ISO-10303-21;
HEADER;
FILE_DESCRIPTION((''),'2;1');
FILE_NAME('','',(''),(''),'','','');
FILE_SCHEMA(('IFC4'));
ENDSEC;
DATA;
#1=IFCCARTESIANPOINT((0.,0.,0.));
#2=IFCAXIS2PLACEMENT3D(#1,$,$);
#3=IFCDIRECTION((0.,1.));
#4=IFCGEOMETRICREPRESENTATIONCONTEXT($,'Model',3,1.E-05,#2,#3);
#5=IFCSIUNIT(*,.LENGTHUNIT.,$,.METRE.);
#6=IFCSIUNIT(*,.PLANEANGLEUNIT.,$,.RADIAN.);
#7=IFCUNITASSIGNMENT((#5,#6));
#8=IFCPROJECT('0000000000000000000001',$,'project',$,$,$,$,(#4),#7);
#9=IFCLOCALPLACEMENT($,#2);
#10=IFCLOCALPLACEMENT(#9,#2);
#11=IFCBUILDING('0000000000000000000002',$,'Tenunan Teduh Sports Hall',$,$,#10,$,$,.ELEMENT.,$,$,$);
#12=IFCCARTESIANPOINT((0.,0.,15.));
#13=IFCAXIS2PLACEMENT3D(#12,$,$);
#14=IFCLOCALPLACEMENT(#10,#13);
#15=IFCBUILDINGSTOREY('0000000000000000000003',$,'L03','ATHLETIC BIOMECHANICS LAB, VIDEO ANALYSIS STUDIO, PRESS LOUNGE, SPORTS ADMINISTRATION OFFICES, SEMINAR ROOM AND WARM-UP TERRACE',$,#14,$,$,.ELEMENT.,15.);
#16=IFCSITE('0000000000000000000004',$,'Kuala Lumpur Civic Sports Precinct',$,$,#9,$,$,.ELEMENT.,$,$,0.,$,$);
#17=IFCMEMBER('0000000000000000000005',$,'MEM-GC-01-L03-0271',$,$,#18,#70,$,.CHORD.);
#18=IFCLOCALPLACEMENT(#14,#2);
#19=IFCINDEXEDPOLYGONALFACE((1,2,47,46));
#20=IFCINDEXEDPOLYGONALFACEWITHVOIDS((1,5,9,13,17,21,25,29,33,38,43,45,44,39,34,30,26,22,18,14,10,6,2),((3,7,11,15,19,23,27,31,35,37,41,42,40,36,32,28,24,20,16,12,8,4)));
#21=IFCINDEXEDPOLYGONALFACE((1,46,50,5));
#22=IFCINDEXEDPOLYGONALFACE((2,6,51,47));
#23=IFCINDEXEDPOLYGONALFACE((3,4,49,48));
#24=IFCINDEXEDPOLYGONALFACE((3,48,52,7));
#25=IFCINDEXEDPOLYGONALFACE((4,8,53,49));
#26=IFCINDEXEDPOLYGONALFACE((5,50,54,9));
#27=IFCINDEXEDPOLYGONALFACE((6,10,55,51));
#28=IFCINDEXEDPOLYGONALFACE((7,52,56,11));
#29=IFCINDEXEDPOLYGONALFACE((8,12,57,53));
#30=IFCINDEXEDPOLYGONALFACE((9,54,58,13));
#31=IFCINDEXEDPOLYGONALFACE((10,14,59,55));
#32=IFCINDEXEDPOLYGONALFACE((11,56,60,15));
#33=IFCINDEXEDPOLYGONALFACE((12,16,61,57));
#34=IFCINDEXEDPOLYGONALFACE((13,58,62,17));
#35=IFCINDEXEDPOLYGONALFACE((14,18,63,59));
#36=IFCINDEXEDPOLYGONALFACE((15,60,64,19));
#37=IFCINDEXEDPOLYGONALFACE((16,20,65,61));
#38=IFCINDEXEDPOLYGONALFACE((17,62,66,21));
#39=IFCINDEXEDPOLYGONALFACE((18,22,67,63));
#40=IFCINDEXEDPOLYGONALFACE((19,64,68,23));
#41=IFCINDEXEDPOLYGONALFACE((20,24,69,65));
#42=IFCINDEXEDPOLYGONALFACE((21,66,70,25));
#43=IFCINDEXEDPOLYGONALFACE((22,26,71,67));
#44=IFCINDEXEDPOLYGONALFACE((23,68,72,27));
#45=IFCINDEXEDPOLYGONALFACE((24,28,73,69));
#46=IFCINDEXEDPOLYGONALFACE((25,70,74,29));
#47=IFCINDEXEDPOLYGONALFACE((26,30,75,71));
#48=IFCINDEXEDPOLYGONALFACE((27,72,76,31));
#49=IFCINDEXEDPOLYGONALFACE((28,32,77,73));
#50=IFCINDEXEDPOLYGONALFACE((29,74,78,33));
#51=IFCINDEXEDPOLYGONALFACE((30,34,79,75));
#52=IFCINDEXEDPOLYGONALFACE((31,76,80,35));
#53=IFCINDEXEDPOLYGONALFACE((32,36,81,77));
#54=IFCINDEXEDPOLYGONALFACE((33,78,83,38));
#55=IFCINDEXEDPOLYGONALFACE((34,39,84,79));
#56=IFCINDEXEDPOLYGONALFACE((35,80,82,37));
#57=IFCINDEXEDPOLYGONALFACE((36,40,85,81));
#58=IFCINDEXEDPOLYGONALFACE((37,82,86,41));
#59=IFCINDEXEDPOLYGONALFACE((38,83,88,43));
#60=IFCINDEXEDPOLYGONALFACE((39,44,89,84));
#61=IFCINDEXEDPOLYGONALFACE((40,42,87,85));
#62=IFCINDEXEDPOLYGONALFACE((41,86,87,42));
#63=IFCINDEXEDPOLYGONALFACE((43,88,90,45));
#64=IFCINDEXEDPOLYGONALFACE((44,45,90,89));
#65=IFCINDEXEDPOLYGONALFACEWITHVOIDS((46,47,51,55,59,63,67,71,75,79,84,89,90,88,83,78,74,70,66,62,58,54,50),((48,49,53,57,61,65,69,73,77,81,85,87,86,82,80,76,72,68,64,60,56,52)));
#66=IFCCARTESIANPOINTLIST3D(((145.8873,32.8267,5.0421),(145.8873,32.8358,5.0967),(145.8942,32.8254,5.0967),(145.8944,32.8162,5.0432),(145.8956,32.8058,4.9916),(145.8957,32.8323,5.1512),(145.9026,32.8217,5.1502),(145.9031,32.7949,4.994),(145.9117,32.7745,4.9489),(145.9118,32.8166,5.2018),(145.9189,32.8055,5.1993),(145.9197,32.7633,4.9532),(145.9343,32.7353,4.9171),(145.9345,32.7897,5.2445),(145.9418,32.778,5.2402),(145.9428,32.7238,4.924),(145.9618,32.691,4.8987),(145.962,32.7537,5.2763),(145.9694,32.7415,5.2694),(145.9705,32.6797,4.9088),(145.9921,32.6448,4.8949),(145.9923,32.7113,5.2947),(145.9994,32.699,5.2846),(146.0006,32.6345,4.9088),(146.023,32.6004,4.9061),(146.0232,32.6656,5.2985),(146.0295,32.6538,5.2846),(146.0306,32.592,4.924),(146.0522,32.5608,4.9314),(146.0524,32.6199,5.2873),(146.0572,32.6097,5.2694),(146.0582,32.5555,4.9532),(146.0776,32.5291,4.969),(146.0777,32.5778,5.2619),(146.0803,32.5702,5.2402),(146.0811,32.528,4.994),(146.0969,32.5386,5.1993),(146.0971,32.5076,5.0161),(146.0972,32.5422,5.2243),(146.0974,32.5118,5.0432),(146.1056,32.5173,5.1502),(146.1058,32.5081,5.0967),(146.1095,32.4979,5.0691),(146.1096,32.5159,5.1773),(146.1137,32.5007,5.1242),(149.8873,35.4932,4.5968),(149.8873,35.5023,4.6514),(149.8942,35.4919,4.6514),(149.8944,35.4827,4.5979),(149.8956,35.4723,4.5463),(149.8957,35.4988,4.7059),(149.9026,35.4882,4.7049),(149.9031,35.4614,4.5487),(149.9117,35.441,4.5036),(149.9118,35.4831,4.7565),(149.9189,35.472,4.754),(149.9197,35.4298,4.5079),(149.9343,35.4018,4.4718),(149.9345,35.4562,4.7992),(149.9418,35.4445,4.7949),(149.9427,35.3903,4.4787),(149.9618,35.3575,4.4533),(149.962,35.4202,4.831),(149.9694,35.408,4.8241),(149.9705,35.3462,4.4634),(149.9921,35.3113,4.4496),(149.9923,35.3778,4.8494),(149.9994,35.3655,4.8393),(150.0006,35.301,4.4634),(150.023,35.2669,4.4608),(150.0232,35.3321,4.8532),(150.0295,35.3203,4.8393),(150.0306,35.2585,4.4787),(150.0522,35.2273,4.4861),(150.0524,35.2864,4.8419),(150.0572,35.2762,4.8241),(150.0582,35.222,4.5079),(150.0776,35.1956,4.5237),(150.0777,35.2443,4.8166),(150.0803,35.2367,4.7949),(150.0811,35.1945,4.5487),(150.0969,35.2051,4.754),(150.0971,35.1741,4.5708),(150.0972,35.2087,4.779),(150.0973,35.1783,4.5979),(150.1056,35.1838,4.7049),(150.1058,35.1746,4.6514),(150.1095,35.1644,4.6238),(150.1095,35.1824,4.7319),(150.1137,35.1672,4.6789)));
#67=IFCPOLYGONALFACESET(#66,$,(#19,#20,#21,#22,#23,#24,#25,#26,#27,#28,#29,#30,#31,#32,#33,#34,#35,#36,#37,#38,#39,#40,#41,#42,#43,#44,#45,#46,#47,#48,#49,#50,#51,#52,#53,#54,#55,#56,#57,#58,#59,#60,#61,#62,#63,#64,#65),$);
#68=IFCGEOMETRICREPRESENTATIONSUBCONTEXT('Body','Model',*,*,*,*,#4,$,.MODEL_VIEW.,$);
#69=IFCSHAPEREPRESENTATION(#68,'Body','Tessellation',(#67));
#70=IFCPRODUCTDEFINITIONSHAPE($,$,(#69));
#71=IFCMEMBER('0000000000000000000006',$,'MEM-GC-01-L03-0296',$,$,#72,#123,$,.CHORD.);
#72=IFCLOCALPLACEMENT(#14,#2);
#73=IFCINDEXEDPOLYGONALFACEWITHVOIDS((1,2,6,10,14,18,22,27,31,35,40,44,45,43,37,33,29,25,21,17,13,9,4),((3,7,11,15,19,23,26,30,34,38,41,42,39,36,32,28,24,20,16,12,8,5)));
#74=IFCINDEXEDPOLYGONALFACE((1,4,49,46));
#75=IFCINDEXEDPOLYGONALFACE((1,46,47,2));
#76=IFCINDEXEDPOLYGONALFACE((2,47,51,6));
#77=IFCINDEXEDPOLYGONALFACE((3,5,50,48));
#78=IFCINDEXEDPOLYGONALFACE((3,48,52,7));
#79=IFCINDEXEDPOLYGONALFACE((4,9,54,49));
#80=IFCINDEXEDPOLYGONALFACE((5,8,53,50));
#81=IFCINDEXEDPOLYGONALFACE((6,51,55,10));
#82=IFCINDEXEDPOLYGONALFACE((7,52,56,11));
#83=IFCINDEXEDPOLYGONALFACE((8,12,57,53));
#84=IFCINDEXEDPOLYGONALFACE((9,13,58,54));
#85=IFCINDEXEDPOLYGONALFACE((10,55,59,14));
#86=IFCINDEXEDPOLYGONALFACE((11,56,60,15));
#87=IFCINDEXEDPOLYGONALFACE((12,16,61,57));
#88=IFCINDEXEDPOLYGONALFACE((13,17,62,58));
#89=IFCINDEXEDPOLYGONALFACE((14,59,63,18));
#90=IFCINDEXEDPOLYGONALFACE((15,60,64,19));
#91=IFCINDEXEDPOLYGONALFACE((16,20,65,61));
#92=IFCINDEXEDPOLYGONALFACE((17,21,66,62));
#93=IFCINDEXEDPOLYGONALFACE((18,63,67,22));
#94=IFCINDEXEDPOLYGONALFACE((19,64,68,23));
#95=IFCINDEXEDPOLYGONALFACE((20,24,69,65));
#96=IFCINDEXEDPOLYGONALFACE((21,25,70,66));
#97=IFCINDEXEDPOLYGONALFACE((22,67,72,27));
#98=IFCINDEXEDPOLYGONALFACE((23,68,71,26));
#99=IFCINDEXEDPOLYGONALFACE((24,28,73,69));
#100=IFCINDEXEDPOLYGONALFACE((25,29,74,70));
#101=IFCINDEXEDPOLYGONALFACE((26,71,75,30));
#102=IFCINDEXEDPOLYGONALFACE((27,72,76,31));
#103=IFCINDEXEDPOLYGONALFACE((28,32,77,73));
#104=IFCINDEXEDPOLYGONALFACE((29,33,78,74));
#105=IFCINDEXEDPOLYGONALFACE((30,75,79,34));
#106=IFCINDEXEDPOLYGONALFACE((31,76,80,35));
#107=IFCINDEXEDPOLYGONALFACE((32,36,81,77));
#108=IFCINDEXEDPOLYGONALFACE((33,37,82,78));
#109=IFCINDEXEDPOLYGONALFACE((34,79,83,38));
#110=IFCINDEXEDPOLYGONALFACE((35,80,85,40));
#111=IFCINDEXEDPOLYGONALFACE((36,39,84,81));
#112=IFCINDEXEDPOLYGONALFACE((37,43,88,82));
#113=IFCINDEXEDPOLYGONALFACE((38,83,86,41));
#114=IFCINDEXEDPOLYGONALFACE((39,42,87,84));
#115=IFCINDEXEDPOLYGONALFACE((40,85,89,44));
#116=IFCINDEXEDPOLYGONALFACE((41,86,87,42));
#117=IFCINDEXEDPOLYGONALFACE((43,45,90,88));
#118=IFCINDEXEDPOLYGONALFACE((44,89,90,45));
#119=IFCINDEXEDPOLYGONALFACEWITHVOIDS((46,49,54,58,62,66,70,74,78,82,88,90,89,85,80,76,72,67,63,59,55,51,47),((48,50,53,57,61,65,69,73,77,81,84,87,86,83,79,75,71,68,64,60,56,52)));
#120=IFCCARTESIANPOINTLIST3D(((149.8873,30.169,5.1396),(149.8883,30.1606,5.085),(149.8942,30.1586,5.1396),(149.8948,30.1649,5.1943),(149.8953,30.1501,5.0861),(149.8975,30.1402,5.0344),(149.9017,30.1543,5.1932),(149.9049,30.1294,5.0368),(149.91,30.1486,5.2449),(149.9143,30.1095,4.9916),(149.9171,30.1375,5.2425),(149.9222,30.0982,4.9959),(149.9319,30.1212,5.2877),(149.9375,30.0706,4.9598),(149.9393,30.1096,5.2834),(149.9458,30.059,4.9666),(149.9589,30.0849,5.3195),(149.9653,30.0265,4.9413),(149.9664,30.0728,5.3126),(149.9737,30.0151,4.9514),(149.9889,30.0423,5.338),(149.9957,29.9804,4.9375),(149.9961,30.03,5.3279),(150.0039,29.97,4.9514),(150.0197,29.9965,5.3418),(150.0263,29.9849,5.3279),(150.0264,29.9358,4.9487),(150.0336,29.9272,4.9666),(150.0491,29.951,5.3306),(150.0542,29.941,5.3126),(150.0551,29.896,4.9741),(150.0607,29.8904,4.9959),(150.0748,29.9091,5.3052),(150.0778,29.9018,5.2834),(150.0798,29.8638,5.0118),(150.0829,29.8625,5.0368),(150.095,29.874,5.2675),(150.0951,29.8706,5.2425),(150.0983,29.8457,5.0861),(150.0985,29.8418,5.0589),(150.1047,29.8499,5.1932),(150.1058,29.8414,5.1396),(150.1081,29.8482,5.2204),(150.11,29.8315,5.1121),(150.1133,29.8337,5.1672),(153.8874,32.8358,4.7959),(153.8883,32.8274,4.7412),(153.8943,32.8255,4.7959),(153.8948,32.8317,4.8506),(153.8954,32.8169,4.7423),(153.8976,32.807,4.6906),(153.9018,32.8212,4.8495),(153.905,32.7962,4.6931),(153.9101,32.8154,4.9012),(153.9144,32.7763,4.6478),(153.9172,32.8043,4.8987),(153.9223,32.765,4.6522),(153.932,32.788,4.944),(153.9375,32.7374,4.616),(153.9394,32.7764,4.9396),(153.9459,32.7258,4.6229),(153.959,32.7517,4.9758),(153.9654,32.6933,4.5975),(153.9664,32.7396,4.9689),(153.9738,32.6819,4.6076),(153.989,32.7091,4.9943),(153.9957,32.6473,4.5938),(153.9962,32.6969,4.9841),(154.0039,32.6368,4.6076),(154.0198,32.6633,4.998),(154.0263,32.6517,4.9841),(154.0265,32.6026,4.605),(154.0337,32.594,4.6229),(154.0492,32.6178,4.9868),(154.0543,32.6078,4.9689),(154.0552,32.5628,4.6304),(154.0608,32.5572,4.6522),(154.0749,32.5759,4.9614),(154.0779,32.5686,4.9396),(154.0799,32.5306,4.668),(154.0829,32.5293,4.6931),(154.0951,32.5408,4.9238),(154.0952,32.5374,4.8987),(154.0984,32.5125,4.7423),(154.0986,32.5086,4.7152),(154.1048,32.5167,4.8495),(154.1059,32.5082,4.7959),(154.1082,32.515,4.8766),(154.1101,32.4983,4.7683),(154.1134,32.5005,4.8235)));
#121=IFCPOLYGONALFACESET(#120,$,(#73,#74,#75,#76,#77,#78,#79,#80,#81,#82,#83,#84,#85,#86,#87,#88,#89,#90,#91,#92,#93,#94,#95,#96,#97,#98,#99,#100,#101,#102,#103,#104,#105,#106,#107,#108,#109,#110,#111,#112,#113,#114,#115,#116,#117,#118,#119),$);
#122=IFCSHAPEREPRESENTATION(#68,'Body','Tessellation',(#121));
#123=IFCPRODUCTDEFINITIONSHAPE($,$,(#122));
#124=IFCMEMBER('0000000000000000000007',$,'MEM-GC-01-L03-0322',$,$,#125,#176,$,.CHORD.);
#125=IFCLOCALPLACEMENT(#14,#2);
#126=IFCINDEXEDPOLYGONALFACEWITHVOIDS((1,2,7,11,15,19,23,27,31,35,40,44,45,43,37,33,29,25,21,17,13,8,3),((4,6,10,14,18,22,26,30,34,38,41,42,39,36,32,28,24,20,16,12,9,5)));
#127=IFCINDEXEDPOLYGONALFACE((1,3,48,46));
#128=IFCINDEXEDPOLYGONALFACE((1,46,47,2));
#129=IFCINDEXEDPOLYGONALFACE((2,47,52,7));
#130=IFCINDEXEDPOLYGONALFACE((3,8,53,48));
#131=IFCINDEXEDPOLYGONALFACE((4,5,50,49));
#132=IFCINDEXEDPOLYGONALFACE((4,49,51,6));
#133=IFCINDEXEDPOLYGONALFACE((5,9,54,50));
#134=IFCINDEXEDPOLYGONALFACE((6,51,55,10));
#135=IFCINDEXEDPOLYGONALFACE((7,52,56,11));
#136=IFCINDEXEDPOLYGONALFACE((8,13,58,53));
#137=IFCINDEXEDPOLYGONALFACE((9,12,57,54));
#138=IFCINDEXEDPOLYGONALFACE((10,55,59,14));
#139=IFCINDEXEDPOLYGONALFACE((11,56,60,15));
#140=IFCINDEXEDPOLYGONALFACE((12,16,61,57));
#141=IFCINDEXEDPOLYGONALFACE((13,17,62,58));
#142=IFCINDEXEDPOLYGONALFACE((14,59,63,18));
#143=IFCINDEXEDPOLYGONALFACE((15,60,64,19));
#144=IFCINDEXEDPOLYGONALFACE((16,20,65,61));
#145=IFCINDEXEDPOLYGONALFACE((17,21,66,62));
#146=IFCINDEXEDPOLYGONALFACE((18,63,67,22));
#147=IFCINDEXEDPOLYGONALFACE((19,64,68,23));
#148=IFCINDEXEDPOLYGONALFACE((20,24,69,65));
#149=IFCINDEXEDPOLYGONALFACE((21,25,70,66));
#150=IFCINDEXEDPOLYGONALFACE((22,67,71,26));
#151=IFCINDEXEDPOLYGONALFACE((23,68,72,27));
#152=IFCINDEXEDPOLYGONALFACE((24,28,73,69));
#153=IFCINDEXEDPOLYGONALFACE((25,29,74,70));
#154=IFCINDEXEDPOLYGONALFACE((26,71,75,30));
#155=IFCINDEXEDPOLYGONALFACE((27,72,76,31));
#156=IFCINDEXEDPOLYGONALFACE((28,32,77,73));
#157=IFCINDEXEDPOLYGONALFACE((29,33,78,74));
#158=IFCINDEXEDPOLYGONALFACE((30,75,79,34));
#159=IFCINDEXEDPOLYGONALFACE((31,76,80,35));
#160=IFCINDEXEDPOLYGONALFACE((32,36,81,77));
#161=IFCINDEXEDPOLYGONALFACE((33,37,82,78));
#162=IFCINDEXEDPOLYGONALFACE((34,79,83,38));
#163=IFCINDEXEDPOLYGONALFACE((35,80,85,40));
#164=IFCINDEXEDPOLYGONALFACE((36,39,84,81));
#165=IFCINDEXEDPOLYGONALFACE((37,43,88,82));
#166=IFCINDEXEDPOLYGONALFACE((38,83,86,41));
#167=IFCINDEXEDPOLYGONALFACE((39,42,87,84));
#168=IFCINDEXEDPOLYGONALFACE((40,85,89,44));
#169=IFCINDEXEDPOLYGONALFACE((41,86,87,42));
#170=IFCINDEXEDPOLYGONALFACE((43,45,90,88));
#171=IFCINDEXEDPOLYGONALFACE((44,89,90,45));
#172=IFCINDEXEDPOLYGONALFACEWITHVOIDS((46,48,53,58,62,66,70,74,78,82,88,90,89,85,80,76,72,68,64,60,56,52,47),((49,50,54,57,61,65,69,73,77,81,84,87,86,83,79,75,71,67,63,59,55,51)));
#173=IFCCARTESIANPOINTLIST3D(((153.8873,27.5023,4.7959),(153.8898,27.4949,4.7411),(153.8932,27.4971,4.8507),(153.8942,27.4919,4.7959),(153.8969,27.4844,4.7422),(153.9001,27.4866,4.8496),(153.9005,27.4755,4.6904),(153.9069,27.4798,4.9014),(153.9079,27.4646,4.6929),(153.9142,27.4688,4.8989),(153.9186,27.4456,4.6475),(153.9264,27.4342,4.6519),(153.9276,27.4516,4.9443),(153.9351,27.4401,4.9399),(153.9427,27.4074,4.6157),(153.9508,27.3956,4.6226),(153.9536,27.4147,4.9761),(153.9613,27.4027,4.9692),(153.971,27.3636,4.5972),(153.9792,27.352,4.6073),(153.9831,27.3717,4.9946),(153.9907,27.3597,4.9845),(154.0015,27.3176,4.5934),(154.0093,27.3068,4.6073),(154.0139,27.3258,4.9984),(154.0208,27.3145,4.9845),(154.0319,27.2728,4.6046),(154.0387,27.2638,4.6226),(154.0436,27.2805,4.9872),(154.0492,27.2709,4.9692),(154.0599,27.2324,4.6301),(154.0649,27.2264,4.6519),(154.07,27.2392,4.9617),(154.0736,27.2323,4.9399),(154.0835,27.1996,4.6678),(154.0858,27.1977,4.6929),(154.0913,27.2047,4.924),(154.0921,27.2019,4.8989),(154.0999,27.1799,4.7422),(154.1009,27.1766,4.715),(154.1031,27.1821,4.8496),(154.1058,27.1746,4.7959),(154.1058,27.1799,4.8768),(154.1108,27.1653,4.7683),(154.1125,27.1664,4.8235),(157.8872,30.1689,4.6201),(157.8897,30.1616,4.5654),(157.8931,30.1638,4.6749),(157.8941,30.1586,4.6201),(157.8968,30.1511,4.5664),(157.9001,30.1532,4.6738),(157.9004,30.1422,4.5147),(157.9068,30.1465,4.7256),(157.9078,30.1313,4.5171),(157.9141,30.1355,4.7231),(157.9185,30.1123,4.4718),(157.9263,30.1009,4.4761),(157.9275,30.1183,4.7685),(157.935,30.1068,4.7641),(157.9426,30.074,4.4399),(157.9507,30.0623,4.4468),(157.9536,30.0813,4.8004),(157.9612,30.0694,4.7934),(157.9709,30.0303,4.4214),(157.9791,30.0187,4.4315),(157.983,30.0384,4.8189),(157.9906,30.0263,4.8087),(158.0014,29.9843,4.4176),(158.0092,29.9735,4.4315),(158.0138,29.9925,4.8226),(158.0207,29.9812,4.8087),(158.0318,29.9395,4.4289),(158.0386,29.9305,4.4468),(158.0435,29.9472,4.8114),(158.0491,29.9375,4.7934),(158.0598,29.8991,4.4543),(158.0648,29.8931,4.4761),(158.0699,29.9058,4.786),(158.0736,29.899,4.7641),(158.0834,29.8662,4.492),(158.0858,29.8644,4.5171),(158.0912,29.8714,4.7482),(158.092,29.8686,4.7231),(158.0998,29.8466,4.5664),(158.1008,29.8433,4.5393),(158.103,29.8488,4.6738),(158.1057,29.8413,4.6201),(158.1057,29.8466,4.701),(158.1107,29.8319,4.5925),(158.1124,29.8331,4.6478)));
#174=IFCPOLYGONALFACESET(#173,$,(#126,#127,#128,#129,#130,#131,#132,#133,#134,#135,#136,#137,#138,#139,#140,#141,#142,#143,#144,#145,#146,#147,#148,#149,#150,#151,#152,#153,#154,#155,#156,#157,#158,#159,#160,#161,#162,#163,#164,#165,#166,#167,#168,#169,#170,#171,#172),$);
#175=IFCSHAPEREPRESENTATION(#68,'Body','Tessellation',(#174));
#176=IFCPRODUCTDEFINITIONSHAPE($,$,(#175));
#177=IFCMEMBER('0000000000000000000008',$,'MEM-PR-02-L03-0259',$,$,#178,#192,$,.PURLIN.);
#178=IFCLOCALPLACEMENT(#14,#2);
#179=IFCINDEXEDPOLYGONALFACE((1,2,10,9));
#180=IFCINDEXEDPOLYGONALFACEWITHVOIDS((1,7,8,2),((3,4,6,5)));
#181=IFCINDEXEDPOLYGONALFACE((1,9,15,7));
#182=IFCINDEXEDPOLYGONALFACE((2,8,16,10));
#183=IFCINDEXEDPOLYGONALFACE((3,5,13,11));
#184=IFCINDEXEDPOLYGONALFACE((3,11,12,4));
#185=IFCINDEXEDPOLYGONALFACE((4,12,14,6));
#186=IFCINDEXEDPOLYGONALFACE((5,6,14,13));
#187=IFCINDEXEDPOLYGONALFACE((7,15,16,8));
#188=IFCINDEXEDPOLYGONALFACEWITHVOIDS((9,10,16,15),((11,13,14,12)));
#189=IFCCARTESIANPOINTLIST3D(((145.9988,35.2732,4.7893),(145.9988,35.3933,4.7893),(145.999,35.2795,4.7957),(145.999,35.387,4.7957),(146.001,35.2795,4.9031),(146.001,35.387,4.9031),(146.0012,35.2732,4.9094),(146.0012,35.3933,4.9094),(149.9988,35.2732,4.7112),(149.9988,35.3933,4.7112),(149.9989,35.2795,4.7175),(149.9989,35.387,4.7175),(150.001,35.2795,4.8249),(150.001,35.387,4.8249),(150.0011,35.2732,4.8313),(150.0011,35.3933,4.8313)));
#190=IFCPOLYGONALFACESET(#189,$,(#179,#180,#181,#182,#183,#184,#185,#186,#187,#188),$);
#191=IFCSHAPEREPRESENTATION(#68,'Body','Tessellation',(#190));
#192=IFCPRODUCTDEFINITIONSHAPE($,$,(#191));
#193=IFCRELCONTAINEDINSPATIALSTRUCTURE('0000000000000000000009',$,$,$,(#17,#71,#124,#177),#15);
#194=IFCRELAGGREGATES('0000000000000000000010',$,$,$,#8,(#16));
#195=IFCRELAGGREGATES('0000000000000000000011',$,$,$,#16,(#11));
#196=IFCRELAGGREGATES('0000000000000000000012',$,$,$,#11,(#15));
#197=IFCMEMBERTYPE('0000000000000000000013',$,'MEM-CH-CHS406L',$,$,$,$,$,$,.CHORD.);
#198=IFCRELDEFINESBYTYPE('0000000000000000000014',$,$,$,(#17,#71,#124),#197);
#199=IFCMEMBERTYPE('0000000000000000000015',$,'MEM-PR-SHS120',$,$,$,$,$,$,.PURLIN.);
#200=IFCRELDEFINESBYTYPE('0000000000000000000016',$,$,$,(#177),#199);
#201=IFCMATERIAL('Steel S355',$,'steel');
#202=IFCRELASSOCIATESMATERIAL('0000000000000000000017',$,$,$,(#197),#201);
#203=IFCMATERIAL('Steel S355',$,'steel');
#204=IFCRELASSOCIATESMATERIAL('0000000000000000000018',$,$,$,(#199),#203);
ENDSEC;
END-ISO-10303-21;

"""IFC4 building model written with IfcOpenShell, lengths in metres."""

from ifc_helpers import new_model, si_unit, direction, frame, origin, origin_2d, place, context, subcontext, project, spatial, hollow_rectangle, hollow_circle, extrude, material, material_profile, profile_set, type_object, element, save


model = new_model("IFC4")

# Units and contexts
model_context = context("Model", 3, precision=1e-05, world=origin(), true_north=direction((0.0, 1.0)))
body_context = subcontext(model_context, "Body", "Model", "MODEL_VIEW")
ifc_project = project(units=[si_unit("LENGTHUNIT", "METRE"), si_unit("PLANEANGLEUNIT", "RADIAN")], contexts=[model_context])

# Site, building, storey
site_placement = place(None, origin())
site = spatial("IfcSite", under=ifc_project, at=site_placement, Name="Kuala Lumpur Civic Sports Precinct", CompositionType="ELEMENT", RefElevation=0.0)
building_placement = place(site_placement, origin())
building = spatial("IfcBuilding", under=site, at=building_placement, Name="Tenunan Teduh Sports Hall", CompositionType="ELEMENT")
storey_placement = place(building_placement, frame((0.0, 0.0, 15.0)))
storey = spatial("IfcBuildingStorey", under=building, at=storey_placement, Name="L03", Description="ATHLETIC BIOMECHANICS LAB, VIDEO ANALYSIS STUDIO, PRESS LOUNGE, SPORTS ADMINISTRATION OFFICES, SEMINAR ROOM AND WARM-UP TERRACE", CompositionType="ELEMENT", Elevation=15.0)

# Members
ifc_material_1 = material(Name="Steel S355", Category="steel")
ifc_material_profile_1 = material_profile(ifc_material_1, hollow_circle(Radius=0.2031, WallThickness=0.0125, at=origin_2d()), Name="CHS 406.4x12.5")
ifc_profile_set_1 = profile_set([ifc_material_profile_1], Name="Steel S355")
member_type_1 = type_object("IfcMemberType", Name="MEM-CH-CHS406L", PredefinedType="CHORD", material=ifc_profile_set_1)
member_1_placement = place(storey_placement, frame((146.0, 32.6667, 5.0967), z_axis=(0.828519, 0.552312, -0.092237), x_axis=(-0.554677, 0.832066, 0.0)))
element("IfcMember", 1, at=member_1_placement, inside=storey, type_object=member_type_1, Name="MEM-GC-01-L03-0271", PredefinedType="CHORD", context=body_context, shape_type="SweptSolid", body=[
    extrude(hollow_circle(Radius=0.2031, WallThickness=0.0125, at=origin_2d()), origin(), (0.0, 0.0, 1.0), 4.8279),
])
member_2_placement = place(storey_placement, frame((150.0, 30.0, 5.1396), z_axis=(0.829924, 0.553299, -0.071322), x_axis=(-0.554712, 0.832042, 0.0)))
element("IfcMember", 2, at=member_2_placement, inside=storey, type_object=member_type_1, Name="MEM-GC-01-L03-0296", PredefinedType="CHORD", context=body_context, shape_type="SweptSolid", body=[
    extrude(hollow_circle(Radius=0.2031, WallThickness=0.0125, at=origin_2d()), origin(), (0.0, 0.0, 1.0), 4.8198),
])
member_3_placement = place(storey_placement, frame((154.0, 27.3333, 4.7959), z_axis=(0.831487, 0.554341, -0.03654), x_axis=(-0.554712, 0.832042, 0.0)))
element("IfcMember", 3, at=member_3_placement, inside=storey, type_object=member_type_1, Name="MEM-GC-01-L03-0322", PredefinedType="CHORD", context=body_context, shape_type="SweptSolid", body=[
    extrude(hollow_circle(Radius=0.2031, WallThickness=0.0125, at=origin_2d()), origin(), (0.0, 0.0, 1.0), 4.8105),
])
ifc_material_2 = material(Name="Steel S355", Category="steel")
ifc_material_profile_2 = material_profile(ifc_material_2, hollow_rectangle(XDim=0.1201, YDim=0.1201, WallThickness=0.0063, at=origin_2d()), Name="SHS 120x120x6.3")
ifc_profile_set_2 = profile_set([ifc_material_profile_2], Name="Steel S355")
member_type_2 = type_object("IfcMemberType", Name="MEM-PR-SHS120", PredefinedType="PURLIN", material=ifc_profile_set_2)
member_4_placement = place(storey_placement, frame((146.0, 35.3333, 4.8494), z_axis=(0.999809, 0.0, -0.019528), x_axis=(0.0, 1.0, 0.0)))
element("IfcMember", 4, at=member_4_placement, inside=storey, type_object=member_type_2, Name="MEM-PR-02-L03-0259", PredefinedType="PURLIN", context=body_context, shape_type="SweptSolid", body=[
    extrude(hollow_rectangle(XDim=0.1201, YDim=0.1201, WallThickness=0.0063, at=origin_2d()), origin(), (0.0, 0.0, 1.0), 4.0007),
])

save(model, "model.ifc")
